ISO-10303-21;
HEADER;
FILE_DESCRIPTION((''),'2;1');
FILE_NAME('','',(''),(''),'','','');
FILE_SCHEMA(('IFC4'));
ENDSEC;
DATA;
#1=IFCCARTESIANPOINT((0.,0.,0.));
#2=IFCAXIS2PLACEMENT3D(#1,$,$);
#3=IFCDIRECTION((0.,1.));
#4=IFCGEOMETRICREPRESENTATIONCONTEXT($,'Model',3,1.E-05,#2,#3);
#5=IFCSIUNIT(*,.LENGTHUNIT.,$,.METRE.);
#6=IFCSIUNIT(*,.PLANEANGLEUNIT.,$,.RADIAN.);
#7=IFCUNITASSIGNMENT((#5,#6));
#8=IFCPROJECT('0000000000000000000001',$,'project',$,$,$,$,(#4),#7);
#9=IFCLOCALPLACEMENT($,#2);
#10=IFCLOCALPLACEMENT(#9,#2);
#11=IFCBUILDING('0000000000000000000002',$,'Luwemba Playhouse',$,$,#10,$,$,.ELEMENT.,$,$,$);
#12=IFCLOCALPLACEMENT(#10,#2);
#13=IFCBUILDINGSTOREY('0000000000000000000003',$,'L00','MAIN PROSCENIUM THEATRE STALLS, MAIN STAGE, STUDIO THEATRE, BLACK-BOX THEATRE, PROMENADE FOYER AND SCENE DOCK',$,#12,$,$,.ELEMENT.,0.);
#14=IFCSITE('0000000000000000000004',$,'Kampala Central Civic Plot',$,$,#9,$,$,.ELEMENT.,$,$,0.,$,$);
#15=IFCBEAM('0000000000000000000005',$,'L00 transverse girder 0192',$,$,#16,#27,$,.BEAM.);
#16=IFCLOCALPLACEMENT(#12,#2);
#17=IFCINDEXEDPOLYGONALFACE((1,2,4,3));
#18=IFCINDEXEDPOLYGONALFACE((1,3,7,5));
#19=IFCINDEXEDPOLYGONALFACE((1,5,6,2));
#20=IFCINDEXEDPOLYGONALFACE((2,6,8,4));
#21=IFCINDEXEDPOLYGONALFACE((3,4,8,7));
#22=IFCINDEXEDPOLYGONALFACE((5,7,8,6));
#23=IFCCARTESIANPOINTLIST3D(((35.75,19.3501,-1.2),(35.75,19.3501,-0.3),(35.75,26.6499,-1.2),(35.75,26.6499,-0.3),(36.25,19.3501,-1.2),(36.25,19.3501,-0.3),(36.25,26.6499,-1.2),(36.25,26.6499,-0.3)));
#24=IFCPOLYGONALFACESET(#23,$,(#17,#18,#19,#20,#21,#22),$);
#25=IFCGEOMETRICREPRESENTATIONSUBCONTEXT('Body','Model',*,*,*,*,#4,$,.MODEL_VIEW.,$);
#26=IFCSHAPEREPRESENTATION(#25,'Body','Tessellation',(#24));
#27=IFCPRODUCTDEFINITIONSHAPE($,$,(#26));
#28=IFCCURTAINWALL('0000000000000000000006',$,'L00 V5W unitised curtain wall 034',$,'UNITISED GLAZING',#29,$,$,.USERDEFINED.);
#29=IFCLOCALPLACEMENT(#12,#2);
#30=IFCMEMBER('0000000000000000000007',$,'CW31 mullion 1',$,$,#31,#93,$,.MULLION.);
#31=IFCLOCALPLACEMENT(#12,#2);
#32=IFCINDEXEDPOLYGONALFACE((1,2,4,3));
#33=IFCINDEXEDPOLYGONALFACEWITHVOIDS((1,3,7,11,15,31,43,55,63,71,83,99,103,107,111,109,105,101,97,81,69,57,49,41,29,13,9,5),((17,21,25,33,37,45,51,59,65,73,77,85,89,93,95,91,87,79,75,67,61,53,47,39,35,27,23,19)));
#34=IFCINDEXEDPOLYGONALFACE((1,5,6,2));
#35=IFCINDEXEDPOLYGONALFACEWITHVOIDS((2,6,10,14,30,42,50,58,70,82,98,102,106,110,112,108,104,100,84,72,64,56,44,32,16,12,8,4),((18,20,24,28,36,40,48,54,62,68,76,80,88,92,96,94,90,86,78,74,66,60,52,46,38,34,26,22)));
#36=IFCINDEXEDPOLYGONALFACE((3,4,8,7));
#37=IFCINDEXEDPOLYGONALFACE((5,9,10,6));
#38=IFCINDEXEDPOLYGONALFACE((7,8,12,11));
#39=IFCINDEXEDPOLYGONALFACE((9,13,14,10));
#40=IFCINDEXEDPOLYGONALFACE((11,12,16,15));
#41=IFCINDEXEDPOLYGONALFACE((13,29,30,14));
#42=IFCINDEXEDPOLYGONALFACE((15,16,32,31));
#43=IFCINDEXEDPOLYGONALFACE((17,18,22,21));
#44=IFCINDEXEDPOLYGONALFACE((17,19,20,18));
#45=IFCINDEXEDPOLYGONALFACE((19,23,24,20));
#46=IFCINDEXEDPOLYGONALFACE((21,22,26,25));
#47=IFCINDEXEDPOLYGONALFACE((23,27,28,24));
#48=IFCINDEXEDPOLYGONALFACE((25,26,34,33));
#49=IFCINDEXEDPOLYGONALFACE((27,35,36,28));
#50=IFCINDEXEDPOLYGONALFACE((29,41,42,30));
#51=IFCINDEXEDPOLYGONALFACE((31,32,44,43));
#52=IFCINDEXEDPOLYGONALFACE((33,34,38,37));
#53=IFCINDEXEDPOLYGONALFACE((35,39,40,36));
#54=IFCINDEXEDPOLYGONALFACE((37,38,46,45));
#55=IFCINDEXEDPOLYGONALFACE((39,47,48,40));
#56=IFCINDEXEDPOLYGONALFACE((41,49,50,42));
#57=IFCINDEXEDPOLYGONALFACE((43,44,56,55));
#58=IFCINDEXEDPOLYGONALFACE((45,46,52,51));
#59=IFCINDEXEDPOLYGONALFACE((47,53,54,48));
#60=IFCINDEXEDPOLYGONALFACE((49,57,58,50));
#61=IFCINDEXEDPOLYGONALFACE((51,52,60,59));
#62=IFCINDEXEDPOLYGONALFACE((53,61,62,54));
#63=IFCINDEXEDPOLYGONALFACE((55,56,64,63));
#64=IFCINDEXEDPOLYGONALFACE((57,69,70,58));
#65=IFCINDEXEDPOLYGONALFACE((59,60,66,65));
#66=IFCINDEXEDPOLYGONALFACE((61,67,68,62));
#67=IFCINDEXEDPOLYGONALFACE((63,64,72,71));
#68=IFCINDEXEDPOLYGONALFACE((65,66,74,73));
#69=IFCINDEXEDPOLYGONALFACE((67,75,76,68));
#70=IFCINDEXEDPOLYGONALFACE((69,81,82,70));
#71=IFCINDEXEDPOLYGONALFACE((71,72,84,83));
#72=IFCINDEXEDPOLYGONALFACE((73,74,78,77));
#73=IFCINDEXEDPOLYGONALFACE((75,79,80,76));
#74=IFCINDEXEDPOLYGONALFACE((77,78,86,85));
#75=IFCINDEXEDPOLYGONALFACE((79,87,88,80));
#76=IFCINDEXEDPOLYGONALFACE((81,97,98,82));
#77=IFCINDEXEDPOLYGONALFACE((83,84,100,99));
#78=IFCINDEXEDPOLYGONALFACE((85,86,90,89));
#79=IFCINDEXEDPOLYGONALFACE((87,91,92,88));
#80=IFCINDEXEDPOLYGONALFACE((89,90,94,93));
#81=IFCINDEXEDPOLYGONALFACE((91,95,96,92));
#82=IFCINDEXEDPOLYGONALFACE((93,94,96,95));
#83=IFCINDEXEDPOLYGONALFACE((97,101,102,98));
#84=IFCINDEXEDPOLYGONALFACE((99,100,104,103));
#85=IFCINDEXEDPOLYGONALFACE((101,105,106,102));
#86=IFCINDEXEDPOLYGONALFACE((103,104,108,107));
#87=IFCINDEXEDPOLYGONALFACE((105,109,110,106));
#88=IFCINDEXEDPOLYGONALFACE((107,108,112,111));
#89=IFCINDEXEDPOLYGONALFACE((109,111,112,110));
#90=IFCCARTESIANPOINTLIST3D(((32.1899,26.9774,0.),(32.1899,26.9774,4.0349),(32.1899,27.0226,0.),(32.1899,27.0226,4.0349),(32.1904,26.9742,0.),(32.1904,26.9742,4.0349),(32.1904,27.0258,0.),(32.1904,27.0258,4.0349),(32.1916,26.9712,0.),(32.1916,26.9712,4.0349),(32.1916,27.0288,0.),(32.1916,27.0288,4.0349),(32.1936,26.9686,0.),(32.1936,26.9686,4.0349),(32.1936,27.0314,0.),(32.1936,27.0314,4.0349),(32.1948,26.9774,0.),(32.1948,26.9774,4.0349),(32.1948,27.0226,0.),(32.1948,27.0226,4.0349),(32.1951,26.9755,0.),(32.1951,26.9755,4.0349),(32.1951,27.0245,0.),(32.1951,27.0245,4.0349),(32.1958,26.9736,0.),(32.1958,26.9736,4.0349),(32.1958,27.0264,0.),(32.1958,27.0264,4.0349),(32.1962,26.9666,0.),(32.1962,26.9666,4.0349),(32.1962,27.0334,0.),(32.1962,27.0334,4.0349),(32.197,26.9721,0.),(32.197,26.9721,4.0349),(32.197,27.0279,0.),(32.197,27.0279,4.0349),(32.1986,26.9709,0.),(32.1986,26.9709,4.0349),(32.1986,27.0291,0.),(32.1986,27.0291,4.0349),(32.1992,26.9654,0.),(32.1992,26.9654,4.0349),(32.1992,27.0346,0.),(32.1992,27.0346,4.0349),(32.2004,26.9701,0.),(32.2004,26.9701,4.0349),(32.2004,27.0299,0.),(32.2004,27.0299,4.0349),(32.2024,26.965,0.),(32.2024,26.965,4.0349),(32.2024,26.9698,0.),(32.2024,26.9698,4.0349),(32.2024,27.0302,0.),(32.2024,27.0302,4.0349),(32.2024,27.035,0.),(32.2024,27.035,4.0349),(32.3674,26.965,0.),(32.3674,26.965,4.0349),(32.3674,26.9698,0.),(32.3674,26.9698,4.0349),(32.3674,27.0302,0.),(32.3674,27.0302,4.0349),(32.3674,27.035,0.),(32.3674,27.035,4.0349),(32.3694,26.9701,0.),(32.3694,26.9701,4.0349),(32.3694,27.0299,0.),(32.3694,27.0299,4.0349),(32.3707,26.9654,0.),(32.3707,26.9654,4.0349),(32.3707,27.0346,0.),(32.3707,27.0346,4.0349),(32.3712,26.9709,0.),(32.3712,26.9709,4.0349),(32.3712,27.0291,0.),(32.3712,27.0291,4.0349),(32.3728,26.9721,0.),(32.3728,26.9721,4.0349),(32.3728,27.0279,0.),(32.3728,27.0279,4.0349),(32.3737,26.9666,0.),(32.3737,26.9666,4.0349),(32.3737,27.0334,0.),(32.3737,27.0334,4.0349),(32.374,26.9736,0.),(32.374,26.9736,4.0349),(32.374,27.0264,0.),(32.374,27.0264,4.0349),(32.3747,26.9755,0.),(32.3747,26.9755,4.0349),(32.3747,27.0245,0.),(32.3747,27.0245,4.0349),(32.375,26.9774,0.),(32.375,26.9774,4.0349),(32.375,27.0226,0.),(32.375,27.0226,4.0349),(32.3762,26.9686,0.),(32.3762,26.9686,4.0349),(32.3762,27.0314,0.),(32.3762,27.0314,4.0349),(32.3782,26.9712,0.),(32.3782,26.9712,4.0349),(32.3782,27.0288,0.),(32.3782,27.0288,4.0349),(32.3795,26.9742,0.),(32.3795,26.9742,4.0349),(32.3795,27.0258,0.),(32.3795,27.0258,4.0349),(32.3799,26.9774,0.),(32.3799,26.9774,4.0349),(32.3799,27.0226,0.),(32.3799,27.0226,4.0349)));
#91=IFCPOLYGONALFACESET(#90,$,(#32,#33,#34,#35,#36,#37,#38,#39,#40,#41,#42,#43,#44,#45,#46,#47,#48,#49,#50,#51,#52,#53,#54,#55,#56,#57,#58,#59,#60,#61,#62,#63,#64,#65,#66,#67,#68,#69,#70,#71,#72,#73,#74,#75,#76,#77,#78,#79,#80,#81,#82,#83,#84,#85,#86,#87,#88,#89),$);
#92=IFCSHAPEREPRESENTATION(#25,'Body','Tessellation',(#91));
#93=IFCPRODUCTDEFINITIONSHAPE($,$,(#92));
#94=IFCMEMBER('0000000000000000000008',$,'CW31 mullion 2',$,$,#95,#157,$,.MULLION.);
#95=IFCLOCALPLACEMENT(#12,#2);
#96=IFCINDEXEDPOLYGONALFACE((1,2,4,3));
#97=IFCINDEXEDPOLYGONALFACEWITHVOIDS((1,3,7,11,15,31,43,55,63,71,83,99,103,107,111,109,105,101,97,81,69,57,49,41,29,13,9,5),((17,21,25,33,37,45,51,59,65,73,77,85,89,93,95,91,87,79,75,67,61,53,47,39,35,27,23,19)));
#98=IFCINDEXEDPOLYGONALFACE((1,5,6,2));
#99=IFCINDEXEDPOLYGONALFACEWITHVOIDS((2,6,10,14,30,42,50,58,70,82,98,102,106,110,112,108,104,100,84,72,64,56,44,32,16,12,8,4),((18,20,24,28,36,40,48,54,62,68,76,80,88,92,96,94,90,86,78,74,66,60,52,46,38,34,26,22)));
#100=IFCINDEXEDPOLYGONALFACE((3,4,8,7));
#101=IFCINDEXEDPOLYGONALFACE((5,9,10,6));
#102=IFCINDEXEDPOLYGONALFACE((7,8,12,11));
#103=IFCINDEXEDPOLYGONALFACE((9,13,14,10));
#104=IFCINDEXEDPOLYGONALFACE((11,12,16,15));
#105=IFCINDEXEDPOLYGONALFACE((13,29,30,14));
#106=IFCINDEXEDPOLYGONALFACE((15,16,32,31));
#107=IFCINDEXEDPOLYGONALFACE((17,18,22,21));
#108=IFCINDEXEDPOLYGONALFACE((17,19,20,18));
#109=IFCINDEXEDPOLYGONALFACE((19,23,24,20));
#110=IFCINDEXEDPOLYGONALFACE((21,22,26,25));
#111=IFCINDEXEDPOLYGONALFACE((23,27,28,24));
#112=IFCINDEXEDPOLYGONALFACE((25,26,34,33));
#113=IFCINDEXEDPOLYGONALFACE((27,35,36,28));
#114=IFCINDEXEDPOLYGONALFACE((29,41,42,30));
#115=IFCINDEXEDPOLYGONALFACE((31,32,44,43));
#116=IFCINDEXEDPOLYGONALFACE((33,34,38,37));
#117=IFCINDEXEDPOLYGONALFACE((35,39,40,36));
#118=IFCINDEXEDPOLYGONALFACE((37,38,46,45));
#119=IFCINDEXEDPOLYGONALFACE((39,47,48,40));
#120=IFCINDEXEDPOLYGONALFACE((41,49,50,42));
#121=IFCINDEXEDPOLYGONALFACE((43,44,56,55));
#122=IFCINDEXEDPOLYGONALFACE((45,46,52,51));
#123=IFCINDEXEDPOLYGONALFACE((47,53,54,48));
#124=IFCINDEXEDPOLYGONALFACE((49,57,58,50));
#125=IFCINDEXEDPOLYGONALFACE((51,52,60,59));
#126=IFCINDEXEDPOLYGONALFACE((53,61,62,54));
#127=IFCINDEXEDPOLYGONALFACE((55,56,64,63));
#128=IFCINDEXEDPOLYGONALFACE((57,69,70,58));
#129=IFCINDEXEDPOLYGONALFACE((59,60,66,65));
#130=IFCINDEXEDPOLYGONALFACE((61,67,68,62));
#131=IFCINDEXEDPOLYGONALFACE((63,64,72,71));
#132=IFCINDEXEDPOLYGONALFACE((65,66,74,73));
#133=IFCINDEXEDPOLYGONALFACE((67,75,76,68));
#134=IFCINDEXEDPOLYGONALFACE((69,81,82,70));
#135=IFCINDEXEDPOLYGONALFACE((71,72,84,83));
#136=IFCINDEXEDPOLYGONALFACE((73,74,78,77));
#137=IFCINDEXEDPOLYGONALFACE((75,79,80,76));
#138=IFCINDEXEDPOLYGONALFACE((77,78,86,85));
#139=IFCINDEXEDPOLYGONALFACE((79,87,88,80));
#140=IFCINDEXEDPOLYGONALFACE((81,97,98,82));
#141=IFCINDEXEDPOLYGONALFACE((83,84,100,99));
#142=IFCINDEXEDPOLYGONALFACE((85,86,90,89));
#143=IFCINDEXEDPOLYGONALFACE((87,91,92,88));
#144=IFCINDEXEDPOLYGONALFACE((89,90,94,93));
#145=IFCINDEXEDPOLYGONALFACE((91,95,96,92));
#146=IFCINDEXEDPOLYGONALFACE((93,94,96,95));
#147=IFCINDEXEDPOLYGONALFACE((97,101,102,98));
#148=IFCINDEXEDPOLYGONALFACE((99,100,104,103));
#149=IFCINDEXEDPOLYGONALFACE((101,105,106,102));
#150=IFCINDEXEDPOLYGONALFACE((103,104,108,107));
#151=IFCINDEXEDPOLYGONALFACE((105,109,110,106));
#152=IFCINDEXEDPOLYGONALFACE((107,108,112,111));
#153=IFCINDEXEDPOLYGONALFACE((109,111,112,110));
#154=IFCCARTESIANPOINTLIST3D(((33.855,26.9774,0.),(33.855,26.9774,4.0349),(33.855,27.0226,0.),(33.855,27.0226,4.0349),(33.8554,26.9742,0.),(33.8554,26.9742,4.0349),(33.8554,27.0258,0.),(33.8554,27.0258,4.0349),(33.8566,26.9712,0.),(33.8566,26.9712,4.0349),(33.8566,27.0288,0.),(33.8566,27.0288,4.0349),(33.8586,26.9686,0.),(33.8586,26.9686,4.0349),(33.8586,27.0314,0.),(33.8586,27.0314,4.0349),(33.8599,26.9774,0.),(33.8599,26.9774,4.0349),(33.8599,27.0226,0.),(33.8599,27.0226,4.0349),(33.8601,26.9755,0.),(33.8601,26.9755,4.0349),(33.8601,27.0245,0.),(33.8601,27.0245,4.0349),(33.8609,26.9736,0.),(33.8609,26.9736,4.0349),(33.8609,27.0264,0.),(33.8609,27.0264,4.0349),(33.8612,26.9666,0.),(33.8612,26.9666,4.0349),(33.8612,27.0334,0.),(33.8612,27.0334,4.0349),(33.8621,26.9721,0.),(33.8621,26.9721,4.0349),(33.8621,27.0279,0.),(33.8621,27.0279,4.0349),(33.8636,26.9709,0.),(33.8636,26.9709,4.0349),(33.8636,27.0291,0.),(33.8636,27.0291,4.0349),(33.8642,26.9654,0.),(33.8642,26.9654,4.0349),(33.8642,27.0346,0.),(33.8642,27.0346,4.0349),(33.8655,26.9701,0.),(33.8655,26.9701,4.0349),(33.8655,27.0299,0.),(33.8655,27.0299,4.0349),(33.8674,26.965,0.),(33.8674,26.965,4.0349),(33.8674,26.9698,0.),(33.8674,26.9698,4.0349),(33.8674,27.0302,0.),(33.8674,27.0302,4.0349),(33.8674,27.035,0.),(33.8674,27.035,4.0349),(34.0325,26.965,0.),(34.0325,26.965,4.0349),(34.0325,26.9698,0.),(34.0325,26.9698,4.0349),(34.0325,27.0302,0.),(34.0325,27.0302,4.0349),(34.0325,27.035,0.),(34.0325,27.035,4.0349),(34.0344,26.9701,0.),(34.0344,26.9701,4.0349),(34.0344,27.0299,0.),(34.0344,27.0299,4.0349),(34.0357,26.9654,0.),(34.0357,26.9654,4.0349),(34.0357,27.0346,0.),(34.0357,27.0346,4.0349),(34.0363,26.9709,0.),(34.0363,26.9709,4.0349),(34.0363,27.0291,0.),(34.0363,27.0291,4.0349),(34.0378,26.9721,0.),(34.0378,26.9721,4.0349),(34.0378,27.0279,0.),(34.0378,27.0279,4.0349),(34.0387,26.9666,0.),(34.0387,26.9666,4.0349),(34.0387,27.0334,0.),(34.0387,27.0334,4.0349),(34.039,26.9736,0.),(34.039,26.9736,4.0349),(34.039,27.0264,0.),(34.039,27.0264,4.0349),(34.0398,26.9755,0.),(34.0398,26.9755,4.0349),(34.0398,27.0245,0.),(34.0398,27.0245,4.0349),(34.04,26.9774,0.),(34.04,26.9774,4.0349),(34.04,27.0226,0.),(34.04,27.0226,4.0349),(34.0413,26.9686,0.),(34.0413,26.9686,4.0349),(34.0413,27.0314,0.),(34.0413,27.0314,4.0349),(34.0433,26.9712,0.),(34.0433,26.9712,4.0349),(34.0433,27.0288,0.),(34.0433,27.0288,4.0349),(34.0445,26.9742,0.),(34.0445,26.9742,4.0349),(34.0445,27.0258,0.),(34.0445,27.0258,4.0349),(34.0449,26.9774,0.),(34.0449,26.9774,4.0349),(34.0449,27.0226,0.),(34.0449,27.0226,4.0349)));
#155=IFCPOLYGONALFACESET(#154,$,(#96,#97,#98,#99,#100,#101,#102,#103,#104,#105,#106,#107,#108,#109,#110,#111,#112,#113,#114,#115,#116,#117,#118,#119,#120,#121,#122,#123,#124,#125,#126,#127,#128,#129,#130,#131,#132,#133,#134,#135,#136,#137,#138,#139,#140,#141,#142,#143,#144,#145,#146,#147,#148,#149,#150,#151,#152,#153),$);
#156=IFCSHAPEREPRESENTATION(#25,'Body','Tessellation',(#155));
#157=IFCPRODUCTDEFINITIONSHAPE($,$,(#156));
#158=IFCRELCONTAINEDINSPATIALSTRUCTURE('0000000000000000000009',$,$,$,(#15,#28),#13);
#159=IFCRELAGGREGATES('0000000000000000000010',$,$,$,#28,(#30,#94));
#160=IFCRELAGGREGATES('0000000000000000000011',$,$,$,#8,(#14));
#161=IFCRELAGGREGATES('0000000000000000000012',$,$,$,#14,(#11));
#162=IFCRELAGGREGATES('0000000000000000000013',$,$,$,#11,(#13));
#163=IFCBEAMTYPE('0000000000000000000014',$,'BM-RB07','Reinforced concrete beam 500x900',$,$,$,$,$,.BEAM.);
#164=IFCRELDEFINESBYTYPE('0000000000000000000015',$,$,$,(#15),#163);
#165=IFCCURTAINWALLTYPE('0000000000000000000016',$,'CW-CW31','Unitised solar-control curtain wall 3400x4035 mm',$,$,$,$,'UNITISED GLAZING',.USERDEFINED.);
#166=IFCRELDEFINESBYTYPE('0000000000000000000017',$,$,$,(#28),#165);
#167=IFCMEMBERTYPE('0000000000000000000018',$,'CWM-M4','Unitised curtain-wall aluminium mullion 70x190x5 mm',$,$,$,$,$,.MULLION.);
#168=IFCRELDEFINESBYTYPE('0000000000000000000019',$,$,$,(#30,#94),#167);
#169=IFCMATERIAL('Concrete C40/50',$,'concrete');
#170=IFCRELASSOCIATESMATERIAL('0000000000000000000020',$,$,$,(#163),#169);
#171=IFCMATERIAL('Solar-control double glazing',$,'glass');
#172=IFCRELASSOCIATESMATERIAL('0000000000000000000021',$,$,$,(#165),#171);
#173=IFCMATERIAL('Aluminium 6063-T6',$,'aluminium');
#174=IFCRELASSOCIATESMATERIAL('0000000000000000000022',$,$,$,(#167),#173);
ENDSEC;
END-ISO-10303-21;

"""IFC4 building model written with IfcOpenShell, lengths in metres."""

from ifc_helpers import new_model, si_unit, direction, frame, origin, origin_2d, place, context, subcontext, project, spatial, rectangle, hollow_rectangle, extrude, material, material_profile, profile_set, type_object, element, aggregate, save


model = new_model("IFC4")

# Units and contexts
model_context = context("Model", 3, precision=1e-05, world=origin(), true_north=direction((0.0, 1.0)))
body_context = subcontext(model_context, "Body", "Model", "MODEL_VIEW")
ifc_project = project(units=[si_unit("LENGTHUNIT", "METRE"), si_unit("PLANEANGLEUNIT", "RADIAN")], contexts=[model_context])

# Site, building, storey
site_placement = place(None, origin())
site = spatial("IfcSite", under=ifc_project, at=site_placement, Name="Kampala Central Civic Plot", CompositionType="ELEMENT", RefElevation=0.0)
building_placement = place(site_placement, origin())
building = spatial("IfcBuilding", under=site, at=building_placement, Name="Luwemba Playhouse", CompositionType="ELEMENT")
storey_placement = place(building_placement, origin())
storey = spatial("IfcBuildingStorey", under=building, at=storey_placement, Name="L00", Description="MAIN PROSCENIUM THEATRE STALLS, MAIN STAGE, STUDIO THEATRE, BLACK-BOX THEATRE, PROMENADE FOYER AND SCENE DOCK", CompositionType="ELEMENT", Elevation=0.0)

# Beam
ifc_material_1 = material(Name="Concrete C40/50", Category="concrete")
ifc_material_profile_1 = material_profile(ifc_material_1, rectangle(XDim=0.5, YDim=0.8999, at=origin_2d()))
ifc_profile_set_1 = profile_set([ifc_material_profile_1], Name="Concrete C40/50")
beam_type = type_object("IfcBeamType", Name="BM-RB07", Description="Reinforced concrete beam 500x900", PredefinedType="BEAM", material=ifc_profile_set_1)
beam_placement = place(storey_placement, frame((36.0, 19.3501, -0.75), z_axis=(0.0, 1.0, 0.0), x_axis=(-1.0, 0.0, 0.0)))
element("IfcBeam", 1, at=beam_placement, inside=storey, type_object=beam_type, Name="L00 transverse girder 0192", PredefinedType="BEAM", context=body_context, shape_type="SweptSolid", body=[
    extrude(rectangle(XDim=0.5, YDim=0.8999, at=origin_2d()), origin(), (0.0, 0.0, 1.0), 7.2998),
])

# Curtain wall, members
ifc_material_2 = material(Name="Solar-control double glazing", Category="glass")
curtain_wall_type = type_object("IfcCurtainWallType", Name="CW-CW31", Description="Unitised solar-control curtain wall 3400x4035 mm", ElementType="UNITISED GLAZING", PredefinedType="USERDEFINED", material=ifc_material_2)
curtain_wall_placement = place(storey_placement, origin())
curtain_wall = element("IfcCurtainWall", 2, at=curtain_wall_placement, inside=storey, type_object=curtain_wall_type, Name="L00 V5W unitised curtain wall 034", ObjectType="UNITISED GLAZING", PredefinedType="USERDEFINED")
ifc_material_3 = material(Name="Aluminium 6063-T6", Category="aluminium")
ifc_material_profile_2 = material_profile(ifc_material_3, hollow_rectangle(XDim=0.0701, YDim=0.1899, WallThickness=0.0049, InnerFilletRadius=0.0076, OuterFilletRadius=0.0125, at=origin_2d()))
ifc_profile_set_2 = profile_set([ifc_material_profile_2], Name="Aluminium 6063-T6")
member_type_1 = type_object("IfcMemberType", Name="CWM-M4", Description="Unitised curtain-wall aluminium mullion 70x190x5 mm", PredefinedType="MULLION", material=ifc_profile_set_2)
member_1_placement = place(storey_placement, frame((32.2849, 27.0, 0.0), z_axis=(0.0, 0.0, 1.0), x_axis=(0.0, 1.0, 0.0)))
member_1 = element("IfcMember", 3, at=member_1_placement, type_object=member_type_1, Name="CW31 mullion 1", PredefinedType="MULLION", context=body_context, shape_type="SweptSolid", body=[
    extrude(hollow_rectangle(XDim=0.0701, YDim=0.1899, WallThickness=0.0049, InnerFilletRadius=0.0076, OuterFilletRadius=0.0125, at=origin_2d()), origin(), (0.0, 0.0, 1.0), 4.0349),
])
member_2_placement = place(storey_placement, frame((33.95, 27.0, 0.0), z_axis=(0.0, 0.0, 1.0), x_axis=(0.0, 1.0, 0.0)))
member_2 = element("IfcMember", 4, at=member_2_placement, type_object=member_type_1, Name="CW31 mullion 2", PredefinedType="MULLION", context=body_context, shape_type="SweptSolid", body=[
    extrude(hollow_rectangle(XDim=0.0701, YDim=0.1899, WallThickness=0.0049, InnerFilletRadius=0.0076, OuterFilletRadius=0.0125, at=origin_2d()), origin(), (0.0, 0.0, 1.0), 4.0349),
])
aggregate(curtain_wall, [member_1, member_2])

save(model, "model.ifc")
